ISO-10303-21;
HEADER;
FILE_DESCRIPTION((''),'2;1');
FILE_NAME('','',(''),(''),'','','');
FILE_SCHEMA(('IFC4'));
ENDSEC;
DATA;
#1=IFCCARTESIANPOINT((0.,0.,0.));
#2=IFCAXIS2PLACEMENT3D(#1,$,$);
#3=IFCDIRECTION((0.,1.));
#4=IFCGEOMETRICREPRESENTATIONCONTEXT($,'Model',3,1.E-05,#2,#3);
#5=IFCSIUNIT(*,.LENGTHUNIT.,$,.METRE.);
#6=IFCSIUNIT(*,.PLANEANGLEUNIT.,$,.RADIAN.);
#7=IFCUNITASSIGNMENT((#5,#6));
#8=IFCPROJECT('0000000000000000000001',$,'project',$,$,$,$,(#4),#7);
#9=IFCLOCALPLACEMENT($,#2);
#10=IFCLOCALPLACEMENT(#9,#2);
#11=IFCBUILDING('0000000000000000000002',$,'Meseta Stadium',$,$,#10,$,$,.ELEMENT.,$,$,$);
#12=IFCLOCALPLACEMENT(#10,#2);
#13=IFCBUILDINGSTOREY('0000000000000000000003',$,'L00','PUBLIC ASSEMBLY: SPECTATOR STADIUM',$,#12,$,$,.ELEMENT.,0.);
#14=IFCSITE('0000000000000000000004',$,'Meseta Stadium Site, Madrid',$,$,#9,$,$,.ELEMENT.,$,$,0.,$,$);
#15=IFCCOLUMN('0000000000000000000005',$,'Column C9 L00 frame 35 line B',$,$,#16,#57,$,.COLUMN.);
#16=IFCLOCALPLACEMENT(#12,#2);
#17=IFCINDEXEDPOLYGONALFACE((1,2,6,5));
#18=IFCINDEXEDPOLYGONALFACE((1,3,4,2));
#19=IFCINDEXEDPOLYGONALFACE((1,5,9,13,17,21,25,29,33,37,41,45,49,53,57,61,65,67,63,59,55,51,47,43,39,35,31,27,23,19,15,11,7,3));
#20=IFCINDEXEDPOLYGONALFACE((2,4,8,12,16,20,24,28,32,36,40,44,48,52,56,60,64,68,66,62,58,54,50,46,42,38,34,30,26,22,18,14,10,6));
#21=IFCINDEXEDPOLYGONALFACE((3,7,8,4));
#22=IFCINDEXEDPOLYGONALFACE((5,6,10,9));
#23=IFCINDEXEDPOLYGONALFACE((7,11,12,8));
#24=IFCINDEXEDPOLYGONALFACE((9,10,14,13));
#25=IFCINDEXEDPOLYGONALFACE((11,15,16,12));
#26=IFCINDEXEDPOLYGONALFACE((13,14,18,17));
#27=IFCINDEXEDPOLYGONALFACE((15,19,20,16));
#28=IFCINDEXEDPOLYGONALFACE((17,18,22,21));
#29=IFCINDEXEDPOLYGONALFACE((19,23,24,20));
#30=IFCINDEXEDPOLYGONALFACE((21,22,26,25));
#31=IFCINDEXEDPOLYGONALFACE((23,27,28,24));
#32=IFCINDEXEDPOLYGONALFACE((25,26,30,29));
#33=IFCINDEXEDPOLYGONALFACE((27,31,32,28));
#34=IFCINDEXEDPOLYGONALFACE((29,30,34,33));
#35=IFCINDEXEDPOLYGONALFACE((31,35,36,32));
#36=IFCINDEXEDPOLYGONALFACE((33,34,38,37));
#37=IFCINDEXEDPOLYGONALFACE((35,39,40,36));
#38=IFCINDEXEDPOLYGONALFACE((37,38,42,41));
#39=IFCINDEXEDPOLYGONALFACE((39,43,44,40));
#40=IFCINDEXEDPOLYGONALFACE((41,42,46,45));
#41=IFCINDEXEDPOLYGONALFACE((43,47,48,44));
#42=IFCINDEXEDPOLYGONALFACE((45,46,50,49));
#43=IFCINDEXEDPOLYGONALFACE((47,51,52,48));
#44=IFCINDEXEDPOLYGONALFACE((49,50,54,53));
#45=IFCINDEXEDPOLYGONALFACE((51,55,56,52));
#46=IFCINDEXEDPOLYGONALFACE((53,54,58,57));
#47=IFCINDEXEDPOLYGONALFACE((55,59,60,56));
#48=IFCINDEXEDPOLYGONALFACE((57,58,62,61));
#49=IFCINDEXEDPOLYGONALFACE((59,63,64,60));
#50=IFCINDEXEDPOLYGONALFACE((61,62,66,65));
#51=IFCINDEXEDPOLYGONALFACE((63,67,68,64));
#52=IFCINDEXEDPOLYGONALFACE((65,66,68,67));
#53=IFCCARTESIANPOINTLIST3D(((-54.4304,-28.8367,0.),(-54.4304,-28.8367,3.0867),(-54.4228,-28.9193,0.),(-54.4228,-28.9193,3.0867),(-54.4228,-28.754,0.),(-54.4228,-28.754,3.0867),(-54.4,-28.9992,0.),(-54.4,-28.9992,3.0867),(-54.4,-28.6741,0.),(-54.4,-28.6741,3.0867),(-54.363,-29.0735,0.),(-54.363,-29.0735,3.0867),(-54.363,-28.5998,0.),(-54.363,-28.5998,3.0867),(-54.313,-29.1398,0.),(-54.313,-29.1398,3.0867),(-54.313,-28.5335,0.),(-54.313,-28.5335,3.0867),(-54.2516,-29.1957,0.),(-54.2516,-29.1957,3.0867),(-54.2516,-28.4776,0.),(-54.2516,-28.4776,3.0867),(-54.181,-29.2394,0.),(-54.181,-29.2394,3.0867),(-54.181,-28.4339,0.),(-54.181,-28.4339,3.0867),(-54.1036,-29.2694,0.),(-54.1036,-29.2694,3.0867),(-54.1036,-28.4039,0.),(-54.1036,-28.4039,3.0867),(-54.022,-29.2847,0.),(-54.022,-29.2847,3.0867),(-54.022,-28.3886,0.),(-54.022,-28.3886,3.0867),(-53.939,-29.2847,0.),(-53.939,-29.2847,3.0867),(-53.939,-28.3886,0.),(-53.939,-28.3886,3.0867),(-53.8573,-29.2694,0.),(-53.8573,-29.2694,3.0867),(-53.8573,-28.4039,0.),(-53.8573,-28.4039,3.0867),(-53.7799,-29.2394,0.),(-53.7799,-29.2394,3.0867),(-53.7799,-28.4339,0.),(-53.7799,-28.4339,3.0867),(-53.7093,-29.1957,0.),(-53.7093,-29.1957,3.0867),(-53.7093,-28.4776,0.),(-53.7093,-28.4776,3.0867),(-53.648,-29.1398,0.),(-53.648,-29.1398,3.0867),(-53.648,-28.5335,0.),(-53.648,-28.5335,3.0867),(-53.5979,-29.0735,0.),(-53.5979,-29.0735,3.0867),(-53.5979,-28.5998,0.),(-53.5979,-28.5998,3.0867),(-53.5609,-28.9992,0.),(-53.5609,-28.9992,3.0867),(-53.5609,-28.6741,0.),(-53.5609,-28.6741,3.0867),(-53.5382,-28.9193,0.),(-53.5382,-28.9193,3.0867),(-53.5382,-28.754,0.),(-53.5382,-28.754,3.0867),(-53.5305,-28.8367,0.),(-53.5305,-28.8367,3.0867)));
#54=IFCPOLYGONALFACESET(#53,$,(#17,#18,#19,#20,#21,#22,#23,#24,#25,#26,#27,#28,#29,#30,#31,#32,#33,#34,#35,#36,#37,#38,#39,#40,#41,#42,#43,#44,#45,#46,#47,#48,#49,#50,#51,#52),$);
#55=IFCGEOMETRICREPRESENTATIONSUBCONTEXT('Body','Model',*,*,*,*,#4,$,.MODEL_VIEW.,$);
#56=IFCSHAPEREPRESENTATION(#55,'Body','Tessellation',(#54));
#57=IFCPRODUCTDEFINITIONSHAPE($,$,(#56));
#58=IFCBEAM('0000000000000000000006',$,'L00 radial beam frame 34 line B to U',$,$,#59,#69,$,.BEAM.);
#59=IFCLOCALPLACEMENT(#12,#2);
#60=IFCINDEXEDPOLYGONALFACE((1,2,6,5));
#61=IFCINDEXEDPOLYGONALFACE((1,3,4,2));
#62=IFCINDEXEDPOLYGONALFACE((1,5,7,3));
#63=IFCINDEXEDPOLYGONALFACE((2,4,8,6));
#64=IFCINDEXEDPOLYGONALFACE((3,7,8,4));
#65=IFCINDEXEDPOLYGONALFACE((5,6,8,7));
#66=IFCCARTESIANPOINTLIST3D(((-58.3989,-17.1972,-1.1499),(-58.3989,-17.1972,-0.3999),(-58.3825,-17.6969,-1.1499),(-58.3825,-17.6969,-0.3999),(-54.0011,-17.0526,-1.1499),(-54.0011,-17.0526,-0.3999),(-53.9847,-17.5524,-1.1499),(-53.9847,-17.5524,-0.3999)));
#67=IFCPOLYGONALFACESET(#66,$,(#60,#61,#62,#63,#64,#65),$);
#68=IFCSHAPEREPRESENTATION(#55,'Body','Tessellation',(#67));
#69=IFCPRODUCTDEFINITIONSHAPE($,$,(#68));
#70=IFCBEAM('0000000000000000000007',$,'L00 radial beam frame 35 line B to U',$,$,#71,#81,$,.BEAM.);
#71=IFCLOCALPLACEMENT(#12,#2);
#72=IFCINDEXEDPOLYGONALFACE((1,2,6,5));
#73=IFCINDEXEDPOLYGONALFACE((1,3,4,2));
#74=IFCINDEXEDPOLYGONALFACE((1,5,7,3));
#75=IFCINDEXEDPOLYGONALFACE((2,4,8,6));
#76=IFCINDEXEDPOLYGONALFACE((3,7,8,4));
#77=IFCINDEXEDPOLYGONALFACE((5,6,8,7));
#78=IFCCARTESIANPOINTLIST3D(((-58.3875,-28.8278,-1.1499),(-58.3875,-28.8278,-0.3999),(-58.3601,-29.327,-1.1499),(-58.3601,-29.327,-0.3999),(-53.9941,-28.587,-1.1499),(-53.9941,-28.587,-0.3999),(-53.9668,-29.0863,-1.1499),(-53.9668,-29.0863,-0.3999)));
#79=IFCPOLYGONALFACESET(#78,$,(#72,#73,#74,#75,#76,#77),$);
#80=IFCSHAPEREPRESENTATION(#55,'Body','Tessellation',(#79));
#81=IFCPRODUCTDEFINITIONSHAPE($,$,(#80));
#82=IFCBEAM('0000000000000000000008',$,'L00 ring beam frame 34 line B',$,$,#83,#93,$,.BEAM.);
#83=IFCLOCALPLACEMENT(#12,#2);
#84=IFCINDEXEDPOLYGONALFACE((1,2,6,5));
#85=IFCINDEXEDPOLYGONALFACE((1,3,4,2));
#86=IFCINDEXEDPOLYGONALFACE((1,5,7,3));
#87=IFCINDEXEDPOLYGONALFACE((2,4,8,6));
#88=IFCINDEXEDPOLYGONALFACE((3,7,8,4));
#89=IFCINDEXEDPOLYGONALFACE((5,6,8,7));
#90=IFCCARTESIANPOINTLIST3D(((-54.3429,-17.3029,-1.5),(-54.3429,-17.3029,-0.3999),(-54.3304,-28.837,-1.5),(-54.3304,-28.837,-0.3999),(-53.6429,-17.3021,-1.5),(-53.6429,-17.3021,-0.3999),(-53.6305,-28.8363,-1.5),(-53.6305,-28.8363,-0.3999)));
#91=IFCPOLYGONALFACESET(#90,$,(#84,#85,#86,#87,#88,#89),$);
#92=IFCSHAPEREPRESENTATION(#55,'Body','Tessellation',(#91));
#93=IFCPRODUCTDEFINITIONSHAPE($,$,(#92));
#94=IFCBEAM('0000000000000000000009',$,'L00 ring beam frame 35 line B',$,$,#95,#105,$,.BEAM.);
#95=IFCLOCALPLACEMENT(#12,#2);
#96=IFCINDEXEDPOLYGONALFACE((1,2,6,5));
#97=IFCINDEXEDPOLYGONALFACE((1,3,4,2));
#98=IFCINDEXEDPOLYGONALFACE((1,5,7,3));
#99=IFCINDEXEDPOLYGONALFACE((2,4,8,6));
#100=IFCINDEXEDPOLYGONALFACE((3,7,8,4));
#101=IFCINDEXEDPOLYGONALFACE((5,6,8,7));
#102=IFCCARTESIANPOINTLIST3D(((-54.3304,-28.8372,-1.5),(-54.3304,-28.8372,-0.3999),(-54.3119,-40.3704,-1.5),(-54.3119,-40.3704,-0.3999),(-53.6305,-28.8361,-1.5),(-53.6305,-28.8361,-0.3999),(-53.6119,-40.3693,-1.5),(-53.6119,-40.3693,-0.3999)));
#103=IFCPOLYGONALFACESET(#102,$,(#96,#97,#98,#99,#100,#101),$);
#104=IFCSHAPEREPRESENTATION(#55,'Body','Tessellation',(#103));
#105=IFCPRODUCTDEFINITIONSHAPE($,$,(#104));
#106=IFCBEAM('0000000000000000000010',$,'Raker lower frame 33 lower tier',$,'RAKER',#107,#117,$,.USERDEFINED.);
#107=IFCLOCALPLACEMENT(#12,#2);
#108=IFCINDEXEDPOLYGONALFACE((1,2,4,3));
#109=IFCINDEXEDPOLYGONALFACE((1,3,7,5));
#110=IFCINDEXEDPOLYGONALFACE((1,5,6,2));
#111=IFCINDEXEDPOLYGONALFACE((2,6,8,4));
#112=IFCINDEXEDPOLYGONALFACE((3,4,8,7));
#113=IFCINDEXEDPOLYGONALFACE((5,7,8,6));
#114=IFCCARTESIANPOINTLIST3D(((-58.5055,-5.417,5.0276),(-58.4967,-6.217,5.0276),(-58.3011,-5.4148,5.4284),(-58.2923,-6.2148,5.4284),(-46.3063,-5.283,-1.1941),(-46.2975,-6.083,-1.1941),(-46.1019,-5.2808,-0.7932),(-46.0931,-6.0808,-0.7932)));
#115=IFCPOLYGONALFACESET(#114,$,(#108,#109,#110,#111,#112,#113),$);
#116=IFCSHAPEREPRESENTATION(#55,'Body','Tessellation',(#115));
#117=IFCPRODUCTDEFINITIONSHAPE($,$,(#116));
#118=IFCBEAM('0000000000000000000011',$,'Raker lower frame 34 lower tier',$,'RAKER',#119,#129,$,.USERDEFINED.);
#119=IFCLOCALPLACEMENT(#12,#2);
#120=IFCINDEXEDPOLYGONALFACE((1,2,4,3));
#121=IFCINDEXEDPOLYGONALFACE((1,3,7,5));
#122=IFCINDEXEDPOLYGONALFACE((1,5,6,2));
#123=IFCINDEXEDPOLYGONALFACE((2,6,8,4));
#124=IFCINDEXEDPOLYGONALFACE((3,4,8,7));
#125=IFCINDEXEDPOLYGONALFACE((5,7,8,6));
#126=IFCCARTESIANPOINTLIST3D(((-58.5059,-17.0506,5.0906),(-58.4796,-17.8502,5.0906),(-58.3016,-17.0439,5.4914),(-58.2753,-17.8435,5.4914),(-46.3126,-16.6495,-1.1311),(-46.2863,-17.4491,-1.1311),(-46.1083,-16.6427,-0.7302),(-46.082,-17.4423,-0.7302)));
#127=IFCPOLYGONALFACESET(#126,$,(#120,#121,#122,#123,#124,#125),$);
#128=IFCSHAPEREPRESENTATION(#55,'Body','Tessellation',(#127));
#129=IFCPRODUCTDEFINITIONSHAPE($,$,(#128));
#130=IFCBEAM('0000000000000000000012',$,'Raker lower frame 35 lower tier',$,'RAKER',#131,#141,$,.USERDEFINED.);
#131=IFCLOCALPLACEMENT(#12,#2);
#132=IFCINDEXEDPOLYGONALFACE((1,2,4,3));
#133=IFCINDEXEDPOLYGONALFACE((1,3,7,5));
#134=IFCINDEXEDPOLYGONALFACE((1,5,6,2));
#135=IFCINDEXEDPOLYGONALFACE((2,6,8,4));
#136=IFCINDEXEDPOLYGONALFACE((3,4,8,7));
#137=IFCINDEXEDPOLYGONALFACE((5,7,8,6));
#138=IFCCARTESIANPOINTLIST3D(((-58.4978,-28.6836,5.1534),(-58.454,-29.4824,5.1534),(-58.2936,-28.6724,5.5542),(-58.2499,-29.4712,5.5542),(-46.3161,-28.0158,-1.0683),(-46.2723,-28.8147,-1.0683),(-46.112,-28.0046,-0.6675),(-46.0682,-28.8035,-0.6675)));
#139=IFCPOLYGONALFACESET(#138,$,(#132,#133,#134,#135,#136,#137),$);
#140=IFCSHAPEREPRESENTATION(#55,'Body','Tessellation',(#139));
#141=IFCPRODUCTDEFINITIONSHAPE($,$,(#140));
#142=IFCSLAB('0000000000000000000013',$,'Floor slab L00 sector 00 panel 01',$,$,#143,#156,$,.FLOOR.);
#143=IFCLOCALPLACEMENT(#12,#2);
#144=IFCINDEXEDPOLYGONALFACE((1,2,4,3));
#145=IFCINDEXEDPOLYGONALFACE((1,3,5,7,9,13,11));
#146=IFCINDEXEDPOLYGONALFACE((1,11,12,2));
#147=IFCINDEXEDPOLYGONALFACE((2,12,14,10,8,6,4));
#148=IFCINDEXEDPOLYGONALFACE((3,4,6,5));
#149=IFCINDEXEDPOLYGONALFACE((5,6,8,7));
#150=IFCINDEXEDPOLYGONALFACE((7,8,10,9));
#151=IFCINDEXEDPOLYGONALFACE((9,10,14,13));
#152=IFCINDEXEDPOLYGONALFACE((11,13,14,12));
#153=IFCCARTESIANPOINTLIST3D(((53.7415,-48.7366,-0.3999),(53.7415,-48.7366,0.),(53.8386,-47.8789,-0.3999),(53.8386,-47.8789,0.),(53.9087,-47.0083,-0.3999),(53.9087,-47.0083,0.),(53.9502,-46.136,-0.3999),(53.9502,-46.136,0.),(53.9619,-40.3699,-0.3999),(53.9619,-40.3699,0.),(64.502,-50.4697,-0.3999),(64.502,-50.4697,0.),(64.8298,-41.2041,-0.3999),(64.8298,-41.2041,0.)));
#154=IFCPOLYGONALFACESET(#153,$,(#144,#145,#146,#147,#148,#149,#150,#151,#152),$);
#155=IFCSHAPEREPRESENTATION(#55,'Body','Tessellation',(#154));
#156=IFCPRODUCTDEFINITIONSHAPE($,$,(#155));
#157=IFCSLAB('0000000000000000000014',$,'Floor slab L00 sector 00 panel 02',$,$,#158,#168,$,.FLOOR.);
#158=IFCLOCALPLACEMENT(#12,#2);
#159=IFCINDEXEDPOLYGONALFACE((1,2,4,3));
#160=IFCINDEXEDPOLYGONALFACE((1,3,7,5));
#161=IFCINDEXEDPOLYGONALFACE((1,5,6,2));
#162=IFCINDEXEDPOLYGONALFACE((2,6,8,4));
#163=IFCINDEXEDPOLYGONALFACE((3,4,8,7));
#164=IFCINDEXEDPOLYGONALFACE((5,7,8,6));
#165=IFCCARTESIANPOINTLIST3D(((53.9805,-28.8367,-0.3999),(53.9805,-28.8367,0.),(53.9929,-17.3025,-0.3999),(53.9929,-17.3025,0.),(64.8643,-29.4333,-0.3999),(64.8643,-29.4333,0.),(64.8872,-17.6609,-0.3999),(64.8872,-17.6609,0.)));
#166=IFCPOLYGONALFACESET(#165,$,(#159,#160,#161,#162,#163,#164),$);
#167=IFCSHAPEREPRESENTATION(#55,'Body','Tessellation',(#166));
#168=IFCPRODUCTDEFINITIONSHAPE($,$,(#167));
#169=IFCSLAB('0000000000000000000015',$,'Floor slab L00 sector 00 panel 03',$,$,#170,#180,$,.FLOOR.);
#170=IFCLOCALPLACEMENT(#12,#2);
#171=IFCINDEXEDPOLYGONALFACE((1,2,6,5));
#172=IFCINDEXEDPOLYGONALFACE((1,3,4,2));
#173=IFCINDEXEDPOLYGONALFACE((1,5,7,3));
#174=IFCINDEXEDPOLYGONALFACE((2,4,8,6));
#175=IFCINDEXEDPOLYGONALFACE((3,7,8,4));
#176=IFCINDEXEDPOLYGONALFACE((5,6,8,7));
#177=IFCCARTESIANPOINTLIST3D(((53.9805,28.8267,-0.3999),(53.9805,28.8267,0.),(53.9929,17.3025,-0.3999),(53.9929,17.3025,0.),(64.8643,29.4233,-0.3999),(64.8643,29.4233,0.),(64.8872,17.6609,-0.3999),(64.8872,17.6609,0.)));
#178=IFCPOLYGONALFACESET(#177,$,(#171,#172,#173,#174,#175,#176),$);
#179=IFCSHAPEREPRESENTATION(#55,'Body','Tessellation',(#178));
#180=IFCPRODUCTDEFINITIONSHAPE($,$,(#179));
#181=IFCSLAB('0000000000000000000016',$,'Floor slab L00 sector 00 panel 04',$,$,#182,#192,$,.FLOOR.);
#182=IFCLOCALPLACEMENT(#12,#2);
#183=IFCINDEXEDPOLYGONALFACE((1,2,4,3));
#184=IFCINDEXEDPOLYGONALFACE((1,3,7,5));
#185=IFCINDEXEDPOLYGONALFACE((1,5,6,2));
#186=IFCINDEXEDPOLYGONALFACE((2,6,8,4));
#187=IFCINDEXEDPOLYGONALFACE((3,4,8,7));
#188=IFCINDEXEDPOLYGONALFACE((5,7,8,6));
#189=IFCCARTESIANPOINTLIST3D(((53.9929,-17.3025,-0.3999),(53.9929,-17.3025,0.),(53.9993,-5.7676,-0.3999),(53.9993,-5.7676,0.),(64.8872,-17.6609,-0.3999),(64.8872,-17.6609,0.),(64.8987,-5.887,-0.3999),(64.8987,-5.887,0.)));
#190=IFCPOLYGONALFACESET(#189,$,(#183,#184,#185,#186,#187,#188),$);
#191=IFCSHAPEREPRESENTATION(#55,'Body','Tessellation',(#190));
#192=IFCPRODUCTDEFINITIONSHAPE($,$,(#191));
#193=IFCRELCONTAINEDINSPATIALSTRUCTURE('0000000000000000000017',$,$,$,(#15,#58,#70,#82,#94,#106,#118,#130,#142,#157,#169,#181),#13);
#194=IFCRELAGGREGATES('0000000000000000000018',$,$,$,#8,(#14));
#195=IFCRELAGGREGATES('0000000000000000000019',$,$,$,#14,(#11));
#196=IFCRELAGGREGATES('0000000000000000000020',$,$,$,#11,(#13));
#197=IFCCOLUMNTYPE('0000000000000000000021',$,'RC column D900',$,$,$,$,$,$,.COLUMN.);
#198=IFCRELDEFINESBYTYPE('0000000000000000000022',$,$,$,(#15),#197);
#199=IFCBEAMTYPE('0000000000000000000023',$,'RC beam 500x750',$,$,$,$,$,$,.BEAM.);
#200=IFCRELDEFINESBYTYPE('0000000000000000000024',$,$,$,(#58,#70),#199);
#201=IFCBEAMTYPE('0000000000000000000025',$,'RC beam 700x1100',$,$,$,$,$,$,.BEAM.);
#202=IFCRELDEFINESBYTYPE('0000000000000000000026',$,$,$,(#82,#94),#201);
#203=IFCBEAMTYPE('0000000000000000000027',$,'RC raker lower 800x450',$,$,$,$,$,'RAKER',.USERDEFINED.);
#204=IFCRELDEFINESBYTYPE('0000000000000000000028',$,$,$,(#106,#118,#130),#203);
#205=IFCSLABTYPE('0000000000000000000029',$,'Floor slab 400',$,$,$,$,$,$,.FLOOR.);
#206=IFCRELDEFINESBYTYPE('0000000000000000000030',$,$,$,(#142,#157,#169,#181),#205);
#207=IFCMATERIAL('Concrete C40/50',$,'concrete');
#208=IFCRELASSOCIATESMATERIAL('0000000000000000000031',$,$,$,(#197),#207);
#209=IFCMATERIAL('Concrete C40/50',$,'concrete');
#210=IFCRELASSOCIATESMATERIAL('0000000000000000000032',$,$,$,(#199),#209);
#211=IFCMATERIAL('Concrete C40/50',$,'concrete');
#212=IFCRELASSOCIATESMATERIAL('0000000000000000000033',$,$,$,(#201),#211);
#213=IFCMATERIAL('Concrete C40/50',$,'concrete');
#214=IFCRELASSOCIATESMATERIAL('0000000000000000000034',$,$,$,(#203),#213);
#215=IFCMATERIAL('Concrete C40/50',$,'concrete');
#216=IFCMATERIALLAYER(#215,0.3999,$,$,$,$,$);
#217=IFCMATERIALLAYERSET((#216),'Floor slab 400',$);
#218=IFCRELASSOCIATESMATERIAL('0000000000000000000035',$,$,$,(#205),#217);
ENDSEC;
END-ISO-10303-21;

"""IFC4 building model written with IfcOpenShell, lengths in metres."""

from ifc_helpers import new_model, si_unit, direction, frame, origin, origin_2d, place, context, subcontext, project, spatial, polyline, rectangle, circle, outline, extrude, material, layer, layer_set, material_profile, profile_set, type_object, element, save


model = new_model("IFC4")

# Units and contexts
model_context = context("Model", 3, precision=1e-05, world=origin(), true_north=direction((0.0, 1.0)))
body_context = subcontext(model_context, "Body", "Model", "MODEL_VIEW")
ifc_project = project(units=[si_unit("LENGTHUNIT", "METRE"), si_unit("PLANEANGLEUNIT", "RADIAN")], contexts=[model_context])

# Site, building, storey
site_placement = place(None, origin())
site = spatial("IfcSite", under=ifc_project, at=site_placement, Name="Meseta Stadium Site, Madrid", CompositionType="ELEMENT", RefElevation=0.0)
building_placement = place(site_placement, origin())
building = spatial("IfcBuilding", under=site, at=building_placement, Name="Meseta Stadium", CompositionType="ELEMENT")
storey_placement = place(building_placement, origin())
storey = spatial("IfcBuildingStorey", under=building, at=storey_placement, Name="L00", Description="PUBLIC ASSEMBLY: SPECTATOR STADIUM", CompositionType="ELEMENT", Elevation=0.0)

# Column
ifc_material_1 = material(Name="Concrete C40/50", Category="concrete")
ifc_material_profile_1 = material_profile(ifc_material_1, circle(Radius=0.45, at=origin_2d()), Name="RC D900")
ifc_profile_set_1 = profile_set([ifc_material_profile_1], Name="Concrete C40/50")
column_type = type_object("IfcColumnType", Name="RC column D900", PredefinedType="COLUMN", material=ifc_profile_set_1)
column_placement = place(storey_placement, frame((-53.9805, -28.8367, 0.0), z_axis=(0.0, 0.0, 1.0), x_axis=(1.0, 0.0, 0.0)))
element("IfcColumn", 1, at=column_placement, inside=storey, type_object=column_type, Name="Column C9 L00 frame 35 line B", PredefinedType="COLUMN", context=body_context, shape_type="SweptSolid", body=[
    extrude(circle(Radius=0.45, at=origin_2d()), origin(), (0.0, 0.0, 1.0), 3.0867),
])

# Beams
ifc_material_2 = material(Name="Concrete C40/50", Category="concrete")
ifc_material_profile_2 = material_profile(ifc_material_2, rectangle(XDim=0.5, YDim=0.75, at=origin_2d()), Name="RC 500x750")
ifc_profile_set_2 = profile_set([ifc_material_profile_2], Name="Concrete C40/50")
beam_type_1 = type_object("IfcBeamType", Name="RC beam 500x750", PredefinedType="BEAM", material=ifc_profile_set_2)
beam_1_placement = place(storey_placement, frame((-53.9929, -17.3025, -0.7749), z_axis=(-0.99946, -0.032847, 0.0), x_axis=(0.032847, -0.99946, 0.0)))
element("IfcBeam", 2, at=beam_1_placement, inside=storey, type_object=beam_type_1, Name="L00 radial beam frame 34 line B to U", PredefinedType="BEAM", context=body_context, shape_type="SweptSolid", body=[
    extrude(rectangle(XDim=0.5, YDim=0.75, at=origin_2d()), origin(), (0.0, 0.0, 1.0), 4.4001),
])
beam_2_placement = place(storey_placement, frame((-53.9805, -28.8367, -0.7749), z_axis=(-0.998502, -0.054711, 0.0), x_axis=(0.054711, -0.998502, 0.0)))
element("IfcBeam", 3, at=beam_2_placement, inside=storey, type_object=beam_type_1, Name="L00 radial beam frame 35 line B to U", PredefinedType="BEAM", context=body_context, shape_type="SweptSolid", body=[
    extrude(rectangle(XDim=0.5, YDim=0.75, at=origin_2d()), origin(), (0.0, 0.0, 1.0), 4.3999),
])
ifc_material_3 = material(Name="Concrete C40/50", Category="concrete")
ifc_material_profile_3 = material_profile(ifc_material_3, rectangle(XDim=0.7, YDim=1.1001, at=origin_2d()), Name="RC 700x1100")
ifc_profile_set_3 = profile_set([ifc_material_profile_3], Name="Concrete C40/50")
beam_type_2 = type_object("IfcBeamType", Name="RC beam 700x1100", PredefinedType="BEAM", material=ifc_profile_set_3)
beam_3_placement = place(storey_placement, frame((-53.9929, -17.3025, -0.95), z_axis=(0.00108, -0.999999, 0.0), x_axis=(0.999999, 0.00108, 0.0)))
element("IfcBeam", 4, at=beam_3_placement, inside=storey, type_object=beam_type_2, Name="L00 ring beam frame 34 line B", PredefinedType="BEAM", context=body_context, shape_type="SweptSolid", body=[
    extrude(rectangle(XDim=0.7, YDim=1.1001, at=origin_2d()), origin(), (0.0, 0.0, 1.0), 11.5342),
])
beam_4_placement = place(storey_placement, frame((-53.9805, -28.8367, -0.95), z_axis=(0.001609, -0.999999, 0.0), x_axis=(0.999999, 0.001609, 0.0)))
element("IfcBeam", 5, at=beam_4_placement, inside=storey, type_object=beam_type_2, Name="L00 ring beam frame 35 line B", PredefinedType="BEAM", context=body_context, shape_type="SweptSolid", body=[
    extrude(rectangle(XDim=0.7, YDim=1.1001, at=origin_2d()), origin(), (0.0, 0.0, 1.0), 11.5332),
])
ifc_material_4 = material(Name="Concrete C40/50", Category="concrete")
ifc_material_profile_4 = material_profile(ifc_material_4, rectangle(XDim=0.8, YDim=0.45, at=origin_2d()), Name="RC 800x450")
ifc_profile_set_4 = profile_set([ifc_material_profile_4], Name="Concrete C40/50")
beam_type_3 = type_object("IfcBeamType", Name="RC raker lower 800x450", ElementType="RAKER", PredefinedType="USERDEFINED", material=ifc_profile_set_4)
for number, where, z_axis, x_axis, name in (
    (6, (-46.1997, -5.6819, -0.9937), (-0.89079, -0.009787, 0.454309), (0.010986, -0.99994, 0.0), "Raker lower frame 33 lower tier"),
    (7, (-46.1973, -17.0459, -0.9307), (-0.890363, -0.02929, 0.454309), (0.032879, -0.999459, 0.0), "Raker lower frame 34 lower tier"),
    (8, (-46.1921, -28.4097, -0.8679), (-0.889509, -0.048758, 0.45431), (0.054732, -0.998501, 0.0), "Raker lower frame 35 lower tier"),
):
    element("IfcBeam", number, at=place(storey_placement, frame(where, z_axis=z_axis, x_axis=x_axis)), inside=storey, type_object=beam_type_3, Name=name, ObjectType="RAKER", PredefinedType="USERDEFINED", context=body_context, shape_type="SweptSolid", body=[
        extrude(rectangle(XDim=0.8, YDim=0.45, at=origin_2d()), origin(), (0.0, 0.0, 1.0), 13.6948),
    ])

# Slabs
ifc_material_5 = material(Name="Concrete C40/50", Category="concrete")
ifc_layer_1 = layer(ifc_material_5, 0.3999)
ifc_layer_set_1 = layer_set([ifc_layer_1], Name="Floor slab 400")
slab_type_1 = type_object("IfcSlabType", Name="Floor slab 400", PredefinedType="FLOOR", material=ifc_layer_set_1)
slab_1_placement = place(storey_placement, frame((0.0, 0.0, -0.3999)))
element("IfcSlab", 9, at=slab_1_placement, inside=storey, type_object=slab_type_1, Name="Floor slab L00 sector 00 panel 01", PredefinedType="FLOOR", context=body_context, shape_type="SweptSolid", body=[
    extrude(outline(polyline([(64.8298, -41.2041), (53.9619, -40.3699), (53.9502, -46.136), (53.9087, -47.0083), (53.8386, -47.8789), (53.7415, -48.7366), (64.502, -50.4697), (64.8298, -41.2041)])), origin(), (0.0, 0.0, 1.0), 0.3999),
])
slab_2_placement = place(storey_placement, frame((0.0, 0.0, -0.3999)))
element("IfcSlab", 10, at=slab_2_placement, inside=storey, type_object=slab_type_1, Name="Floor slab L00 sector 00 panel 02", PredefinedType="FLOOR", context=body_context, shape_type="SweptSolid", body=[
    extrude(outline(polyline([(53.9929, -17.3025), (53.9805, -28.8367), (64.8643, -29.4333), (64.8872, -17.6609), (53.9929, -17.3025)])), origin(), (0.0, 0.0, 1.0), 0.3999),
])
slab_3_placement = place(storey_placement, frame((0.0, 0.0, -0.3999)))
element("IfcSlab", 11, at=slab_3_placement, inside=storey, type_object=slab_type_1, Name="Floor slab L00 sector 00 panel 03", PredefinedType="FLOOR", context=body_context, shape_type="SweptSolid", body=[
    extrude(outline(polyline([(64.8643, 29.4233), (53.9805, 28.8267), (53.9929, 17.3025), (64.8872, 17.6609), (64.8643, 29.4233)])), origin(), (0.0, 0.0, 1.0), 0.3999),
])
slab_4_placement = place(storey_placement, frame((0.0, 0.0, -0.3999)))
element("IfcSlab", 12, at=slab_4_placement, inside=storey, type_object=slab_type_1, Name="Floor slab L00 sector 00 panel 04", PredefinedType="FLOOR", context=body_context, shape_type="SweptSolid", body=[
    extrude(outline(polyline([(53.9993, -5.7676), (53.9929, -17.3025), (64.8872, -17.6609), (64.8987, -5.887), (53.9993, -5.7676)])), origin(), (0.0, 0.0, 1.0), 0.3999),
])

save(model, "model.ifc")
